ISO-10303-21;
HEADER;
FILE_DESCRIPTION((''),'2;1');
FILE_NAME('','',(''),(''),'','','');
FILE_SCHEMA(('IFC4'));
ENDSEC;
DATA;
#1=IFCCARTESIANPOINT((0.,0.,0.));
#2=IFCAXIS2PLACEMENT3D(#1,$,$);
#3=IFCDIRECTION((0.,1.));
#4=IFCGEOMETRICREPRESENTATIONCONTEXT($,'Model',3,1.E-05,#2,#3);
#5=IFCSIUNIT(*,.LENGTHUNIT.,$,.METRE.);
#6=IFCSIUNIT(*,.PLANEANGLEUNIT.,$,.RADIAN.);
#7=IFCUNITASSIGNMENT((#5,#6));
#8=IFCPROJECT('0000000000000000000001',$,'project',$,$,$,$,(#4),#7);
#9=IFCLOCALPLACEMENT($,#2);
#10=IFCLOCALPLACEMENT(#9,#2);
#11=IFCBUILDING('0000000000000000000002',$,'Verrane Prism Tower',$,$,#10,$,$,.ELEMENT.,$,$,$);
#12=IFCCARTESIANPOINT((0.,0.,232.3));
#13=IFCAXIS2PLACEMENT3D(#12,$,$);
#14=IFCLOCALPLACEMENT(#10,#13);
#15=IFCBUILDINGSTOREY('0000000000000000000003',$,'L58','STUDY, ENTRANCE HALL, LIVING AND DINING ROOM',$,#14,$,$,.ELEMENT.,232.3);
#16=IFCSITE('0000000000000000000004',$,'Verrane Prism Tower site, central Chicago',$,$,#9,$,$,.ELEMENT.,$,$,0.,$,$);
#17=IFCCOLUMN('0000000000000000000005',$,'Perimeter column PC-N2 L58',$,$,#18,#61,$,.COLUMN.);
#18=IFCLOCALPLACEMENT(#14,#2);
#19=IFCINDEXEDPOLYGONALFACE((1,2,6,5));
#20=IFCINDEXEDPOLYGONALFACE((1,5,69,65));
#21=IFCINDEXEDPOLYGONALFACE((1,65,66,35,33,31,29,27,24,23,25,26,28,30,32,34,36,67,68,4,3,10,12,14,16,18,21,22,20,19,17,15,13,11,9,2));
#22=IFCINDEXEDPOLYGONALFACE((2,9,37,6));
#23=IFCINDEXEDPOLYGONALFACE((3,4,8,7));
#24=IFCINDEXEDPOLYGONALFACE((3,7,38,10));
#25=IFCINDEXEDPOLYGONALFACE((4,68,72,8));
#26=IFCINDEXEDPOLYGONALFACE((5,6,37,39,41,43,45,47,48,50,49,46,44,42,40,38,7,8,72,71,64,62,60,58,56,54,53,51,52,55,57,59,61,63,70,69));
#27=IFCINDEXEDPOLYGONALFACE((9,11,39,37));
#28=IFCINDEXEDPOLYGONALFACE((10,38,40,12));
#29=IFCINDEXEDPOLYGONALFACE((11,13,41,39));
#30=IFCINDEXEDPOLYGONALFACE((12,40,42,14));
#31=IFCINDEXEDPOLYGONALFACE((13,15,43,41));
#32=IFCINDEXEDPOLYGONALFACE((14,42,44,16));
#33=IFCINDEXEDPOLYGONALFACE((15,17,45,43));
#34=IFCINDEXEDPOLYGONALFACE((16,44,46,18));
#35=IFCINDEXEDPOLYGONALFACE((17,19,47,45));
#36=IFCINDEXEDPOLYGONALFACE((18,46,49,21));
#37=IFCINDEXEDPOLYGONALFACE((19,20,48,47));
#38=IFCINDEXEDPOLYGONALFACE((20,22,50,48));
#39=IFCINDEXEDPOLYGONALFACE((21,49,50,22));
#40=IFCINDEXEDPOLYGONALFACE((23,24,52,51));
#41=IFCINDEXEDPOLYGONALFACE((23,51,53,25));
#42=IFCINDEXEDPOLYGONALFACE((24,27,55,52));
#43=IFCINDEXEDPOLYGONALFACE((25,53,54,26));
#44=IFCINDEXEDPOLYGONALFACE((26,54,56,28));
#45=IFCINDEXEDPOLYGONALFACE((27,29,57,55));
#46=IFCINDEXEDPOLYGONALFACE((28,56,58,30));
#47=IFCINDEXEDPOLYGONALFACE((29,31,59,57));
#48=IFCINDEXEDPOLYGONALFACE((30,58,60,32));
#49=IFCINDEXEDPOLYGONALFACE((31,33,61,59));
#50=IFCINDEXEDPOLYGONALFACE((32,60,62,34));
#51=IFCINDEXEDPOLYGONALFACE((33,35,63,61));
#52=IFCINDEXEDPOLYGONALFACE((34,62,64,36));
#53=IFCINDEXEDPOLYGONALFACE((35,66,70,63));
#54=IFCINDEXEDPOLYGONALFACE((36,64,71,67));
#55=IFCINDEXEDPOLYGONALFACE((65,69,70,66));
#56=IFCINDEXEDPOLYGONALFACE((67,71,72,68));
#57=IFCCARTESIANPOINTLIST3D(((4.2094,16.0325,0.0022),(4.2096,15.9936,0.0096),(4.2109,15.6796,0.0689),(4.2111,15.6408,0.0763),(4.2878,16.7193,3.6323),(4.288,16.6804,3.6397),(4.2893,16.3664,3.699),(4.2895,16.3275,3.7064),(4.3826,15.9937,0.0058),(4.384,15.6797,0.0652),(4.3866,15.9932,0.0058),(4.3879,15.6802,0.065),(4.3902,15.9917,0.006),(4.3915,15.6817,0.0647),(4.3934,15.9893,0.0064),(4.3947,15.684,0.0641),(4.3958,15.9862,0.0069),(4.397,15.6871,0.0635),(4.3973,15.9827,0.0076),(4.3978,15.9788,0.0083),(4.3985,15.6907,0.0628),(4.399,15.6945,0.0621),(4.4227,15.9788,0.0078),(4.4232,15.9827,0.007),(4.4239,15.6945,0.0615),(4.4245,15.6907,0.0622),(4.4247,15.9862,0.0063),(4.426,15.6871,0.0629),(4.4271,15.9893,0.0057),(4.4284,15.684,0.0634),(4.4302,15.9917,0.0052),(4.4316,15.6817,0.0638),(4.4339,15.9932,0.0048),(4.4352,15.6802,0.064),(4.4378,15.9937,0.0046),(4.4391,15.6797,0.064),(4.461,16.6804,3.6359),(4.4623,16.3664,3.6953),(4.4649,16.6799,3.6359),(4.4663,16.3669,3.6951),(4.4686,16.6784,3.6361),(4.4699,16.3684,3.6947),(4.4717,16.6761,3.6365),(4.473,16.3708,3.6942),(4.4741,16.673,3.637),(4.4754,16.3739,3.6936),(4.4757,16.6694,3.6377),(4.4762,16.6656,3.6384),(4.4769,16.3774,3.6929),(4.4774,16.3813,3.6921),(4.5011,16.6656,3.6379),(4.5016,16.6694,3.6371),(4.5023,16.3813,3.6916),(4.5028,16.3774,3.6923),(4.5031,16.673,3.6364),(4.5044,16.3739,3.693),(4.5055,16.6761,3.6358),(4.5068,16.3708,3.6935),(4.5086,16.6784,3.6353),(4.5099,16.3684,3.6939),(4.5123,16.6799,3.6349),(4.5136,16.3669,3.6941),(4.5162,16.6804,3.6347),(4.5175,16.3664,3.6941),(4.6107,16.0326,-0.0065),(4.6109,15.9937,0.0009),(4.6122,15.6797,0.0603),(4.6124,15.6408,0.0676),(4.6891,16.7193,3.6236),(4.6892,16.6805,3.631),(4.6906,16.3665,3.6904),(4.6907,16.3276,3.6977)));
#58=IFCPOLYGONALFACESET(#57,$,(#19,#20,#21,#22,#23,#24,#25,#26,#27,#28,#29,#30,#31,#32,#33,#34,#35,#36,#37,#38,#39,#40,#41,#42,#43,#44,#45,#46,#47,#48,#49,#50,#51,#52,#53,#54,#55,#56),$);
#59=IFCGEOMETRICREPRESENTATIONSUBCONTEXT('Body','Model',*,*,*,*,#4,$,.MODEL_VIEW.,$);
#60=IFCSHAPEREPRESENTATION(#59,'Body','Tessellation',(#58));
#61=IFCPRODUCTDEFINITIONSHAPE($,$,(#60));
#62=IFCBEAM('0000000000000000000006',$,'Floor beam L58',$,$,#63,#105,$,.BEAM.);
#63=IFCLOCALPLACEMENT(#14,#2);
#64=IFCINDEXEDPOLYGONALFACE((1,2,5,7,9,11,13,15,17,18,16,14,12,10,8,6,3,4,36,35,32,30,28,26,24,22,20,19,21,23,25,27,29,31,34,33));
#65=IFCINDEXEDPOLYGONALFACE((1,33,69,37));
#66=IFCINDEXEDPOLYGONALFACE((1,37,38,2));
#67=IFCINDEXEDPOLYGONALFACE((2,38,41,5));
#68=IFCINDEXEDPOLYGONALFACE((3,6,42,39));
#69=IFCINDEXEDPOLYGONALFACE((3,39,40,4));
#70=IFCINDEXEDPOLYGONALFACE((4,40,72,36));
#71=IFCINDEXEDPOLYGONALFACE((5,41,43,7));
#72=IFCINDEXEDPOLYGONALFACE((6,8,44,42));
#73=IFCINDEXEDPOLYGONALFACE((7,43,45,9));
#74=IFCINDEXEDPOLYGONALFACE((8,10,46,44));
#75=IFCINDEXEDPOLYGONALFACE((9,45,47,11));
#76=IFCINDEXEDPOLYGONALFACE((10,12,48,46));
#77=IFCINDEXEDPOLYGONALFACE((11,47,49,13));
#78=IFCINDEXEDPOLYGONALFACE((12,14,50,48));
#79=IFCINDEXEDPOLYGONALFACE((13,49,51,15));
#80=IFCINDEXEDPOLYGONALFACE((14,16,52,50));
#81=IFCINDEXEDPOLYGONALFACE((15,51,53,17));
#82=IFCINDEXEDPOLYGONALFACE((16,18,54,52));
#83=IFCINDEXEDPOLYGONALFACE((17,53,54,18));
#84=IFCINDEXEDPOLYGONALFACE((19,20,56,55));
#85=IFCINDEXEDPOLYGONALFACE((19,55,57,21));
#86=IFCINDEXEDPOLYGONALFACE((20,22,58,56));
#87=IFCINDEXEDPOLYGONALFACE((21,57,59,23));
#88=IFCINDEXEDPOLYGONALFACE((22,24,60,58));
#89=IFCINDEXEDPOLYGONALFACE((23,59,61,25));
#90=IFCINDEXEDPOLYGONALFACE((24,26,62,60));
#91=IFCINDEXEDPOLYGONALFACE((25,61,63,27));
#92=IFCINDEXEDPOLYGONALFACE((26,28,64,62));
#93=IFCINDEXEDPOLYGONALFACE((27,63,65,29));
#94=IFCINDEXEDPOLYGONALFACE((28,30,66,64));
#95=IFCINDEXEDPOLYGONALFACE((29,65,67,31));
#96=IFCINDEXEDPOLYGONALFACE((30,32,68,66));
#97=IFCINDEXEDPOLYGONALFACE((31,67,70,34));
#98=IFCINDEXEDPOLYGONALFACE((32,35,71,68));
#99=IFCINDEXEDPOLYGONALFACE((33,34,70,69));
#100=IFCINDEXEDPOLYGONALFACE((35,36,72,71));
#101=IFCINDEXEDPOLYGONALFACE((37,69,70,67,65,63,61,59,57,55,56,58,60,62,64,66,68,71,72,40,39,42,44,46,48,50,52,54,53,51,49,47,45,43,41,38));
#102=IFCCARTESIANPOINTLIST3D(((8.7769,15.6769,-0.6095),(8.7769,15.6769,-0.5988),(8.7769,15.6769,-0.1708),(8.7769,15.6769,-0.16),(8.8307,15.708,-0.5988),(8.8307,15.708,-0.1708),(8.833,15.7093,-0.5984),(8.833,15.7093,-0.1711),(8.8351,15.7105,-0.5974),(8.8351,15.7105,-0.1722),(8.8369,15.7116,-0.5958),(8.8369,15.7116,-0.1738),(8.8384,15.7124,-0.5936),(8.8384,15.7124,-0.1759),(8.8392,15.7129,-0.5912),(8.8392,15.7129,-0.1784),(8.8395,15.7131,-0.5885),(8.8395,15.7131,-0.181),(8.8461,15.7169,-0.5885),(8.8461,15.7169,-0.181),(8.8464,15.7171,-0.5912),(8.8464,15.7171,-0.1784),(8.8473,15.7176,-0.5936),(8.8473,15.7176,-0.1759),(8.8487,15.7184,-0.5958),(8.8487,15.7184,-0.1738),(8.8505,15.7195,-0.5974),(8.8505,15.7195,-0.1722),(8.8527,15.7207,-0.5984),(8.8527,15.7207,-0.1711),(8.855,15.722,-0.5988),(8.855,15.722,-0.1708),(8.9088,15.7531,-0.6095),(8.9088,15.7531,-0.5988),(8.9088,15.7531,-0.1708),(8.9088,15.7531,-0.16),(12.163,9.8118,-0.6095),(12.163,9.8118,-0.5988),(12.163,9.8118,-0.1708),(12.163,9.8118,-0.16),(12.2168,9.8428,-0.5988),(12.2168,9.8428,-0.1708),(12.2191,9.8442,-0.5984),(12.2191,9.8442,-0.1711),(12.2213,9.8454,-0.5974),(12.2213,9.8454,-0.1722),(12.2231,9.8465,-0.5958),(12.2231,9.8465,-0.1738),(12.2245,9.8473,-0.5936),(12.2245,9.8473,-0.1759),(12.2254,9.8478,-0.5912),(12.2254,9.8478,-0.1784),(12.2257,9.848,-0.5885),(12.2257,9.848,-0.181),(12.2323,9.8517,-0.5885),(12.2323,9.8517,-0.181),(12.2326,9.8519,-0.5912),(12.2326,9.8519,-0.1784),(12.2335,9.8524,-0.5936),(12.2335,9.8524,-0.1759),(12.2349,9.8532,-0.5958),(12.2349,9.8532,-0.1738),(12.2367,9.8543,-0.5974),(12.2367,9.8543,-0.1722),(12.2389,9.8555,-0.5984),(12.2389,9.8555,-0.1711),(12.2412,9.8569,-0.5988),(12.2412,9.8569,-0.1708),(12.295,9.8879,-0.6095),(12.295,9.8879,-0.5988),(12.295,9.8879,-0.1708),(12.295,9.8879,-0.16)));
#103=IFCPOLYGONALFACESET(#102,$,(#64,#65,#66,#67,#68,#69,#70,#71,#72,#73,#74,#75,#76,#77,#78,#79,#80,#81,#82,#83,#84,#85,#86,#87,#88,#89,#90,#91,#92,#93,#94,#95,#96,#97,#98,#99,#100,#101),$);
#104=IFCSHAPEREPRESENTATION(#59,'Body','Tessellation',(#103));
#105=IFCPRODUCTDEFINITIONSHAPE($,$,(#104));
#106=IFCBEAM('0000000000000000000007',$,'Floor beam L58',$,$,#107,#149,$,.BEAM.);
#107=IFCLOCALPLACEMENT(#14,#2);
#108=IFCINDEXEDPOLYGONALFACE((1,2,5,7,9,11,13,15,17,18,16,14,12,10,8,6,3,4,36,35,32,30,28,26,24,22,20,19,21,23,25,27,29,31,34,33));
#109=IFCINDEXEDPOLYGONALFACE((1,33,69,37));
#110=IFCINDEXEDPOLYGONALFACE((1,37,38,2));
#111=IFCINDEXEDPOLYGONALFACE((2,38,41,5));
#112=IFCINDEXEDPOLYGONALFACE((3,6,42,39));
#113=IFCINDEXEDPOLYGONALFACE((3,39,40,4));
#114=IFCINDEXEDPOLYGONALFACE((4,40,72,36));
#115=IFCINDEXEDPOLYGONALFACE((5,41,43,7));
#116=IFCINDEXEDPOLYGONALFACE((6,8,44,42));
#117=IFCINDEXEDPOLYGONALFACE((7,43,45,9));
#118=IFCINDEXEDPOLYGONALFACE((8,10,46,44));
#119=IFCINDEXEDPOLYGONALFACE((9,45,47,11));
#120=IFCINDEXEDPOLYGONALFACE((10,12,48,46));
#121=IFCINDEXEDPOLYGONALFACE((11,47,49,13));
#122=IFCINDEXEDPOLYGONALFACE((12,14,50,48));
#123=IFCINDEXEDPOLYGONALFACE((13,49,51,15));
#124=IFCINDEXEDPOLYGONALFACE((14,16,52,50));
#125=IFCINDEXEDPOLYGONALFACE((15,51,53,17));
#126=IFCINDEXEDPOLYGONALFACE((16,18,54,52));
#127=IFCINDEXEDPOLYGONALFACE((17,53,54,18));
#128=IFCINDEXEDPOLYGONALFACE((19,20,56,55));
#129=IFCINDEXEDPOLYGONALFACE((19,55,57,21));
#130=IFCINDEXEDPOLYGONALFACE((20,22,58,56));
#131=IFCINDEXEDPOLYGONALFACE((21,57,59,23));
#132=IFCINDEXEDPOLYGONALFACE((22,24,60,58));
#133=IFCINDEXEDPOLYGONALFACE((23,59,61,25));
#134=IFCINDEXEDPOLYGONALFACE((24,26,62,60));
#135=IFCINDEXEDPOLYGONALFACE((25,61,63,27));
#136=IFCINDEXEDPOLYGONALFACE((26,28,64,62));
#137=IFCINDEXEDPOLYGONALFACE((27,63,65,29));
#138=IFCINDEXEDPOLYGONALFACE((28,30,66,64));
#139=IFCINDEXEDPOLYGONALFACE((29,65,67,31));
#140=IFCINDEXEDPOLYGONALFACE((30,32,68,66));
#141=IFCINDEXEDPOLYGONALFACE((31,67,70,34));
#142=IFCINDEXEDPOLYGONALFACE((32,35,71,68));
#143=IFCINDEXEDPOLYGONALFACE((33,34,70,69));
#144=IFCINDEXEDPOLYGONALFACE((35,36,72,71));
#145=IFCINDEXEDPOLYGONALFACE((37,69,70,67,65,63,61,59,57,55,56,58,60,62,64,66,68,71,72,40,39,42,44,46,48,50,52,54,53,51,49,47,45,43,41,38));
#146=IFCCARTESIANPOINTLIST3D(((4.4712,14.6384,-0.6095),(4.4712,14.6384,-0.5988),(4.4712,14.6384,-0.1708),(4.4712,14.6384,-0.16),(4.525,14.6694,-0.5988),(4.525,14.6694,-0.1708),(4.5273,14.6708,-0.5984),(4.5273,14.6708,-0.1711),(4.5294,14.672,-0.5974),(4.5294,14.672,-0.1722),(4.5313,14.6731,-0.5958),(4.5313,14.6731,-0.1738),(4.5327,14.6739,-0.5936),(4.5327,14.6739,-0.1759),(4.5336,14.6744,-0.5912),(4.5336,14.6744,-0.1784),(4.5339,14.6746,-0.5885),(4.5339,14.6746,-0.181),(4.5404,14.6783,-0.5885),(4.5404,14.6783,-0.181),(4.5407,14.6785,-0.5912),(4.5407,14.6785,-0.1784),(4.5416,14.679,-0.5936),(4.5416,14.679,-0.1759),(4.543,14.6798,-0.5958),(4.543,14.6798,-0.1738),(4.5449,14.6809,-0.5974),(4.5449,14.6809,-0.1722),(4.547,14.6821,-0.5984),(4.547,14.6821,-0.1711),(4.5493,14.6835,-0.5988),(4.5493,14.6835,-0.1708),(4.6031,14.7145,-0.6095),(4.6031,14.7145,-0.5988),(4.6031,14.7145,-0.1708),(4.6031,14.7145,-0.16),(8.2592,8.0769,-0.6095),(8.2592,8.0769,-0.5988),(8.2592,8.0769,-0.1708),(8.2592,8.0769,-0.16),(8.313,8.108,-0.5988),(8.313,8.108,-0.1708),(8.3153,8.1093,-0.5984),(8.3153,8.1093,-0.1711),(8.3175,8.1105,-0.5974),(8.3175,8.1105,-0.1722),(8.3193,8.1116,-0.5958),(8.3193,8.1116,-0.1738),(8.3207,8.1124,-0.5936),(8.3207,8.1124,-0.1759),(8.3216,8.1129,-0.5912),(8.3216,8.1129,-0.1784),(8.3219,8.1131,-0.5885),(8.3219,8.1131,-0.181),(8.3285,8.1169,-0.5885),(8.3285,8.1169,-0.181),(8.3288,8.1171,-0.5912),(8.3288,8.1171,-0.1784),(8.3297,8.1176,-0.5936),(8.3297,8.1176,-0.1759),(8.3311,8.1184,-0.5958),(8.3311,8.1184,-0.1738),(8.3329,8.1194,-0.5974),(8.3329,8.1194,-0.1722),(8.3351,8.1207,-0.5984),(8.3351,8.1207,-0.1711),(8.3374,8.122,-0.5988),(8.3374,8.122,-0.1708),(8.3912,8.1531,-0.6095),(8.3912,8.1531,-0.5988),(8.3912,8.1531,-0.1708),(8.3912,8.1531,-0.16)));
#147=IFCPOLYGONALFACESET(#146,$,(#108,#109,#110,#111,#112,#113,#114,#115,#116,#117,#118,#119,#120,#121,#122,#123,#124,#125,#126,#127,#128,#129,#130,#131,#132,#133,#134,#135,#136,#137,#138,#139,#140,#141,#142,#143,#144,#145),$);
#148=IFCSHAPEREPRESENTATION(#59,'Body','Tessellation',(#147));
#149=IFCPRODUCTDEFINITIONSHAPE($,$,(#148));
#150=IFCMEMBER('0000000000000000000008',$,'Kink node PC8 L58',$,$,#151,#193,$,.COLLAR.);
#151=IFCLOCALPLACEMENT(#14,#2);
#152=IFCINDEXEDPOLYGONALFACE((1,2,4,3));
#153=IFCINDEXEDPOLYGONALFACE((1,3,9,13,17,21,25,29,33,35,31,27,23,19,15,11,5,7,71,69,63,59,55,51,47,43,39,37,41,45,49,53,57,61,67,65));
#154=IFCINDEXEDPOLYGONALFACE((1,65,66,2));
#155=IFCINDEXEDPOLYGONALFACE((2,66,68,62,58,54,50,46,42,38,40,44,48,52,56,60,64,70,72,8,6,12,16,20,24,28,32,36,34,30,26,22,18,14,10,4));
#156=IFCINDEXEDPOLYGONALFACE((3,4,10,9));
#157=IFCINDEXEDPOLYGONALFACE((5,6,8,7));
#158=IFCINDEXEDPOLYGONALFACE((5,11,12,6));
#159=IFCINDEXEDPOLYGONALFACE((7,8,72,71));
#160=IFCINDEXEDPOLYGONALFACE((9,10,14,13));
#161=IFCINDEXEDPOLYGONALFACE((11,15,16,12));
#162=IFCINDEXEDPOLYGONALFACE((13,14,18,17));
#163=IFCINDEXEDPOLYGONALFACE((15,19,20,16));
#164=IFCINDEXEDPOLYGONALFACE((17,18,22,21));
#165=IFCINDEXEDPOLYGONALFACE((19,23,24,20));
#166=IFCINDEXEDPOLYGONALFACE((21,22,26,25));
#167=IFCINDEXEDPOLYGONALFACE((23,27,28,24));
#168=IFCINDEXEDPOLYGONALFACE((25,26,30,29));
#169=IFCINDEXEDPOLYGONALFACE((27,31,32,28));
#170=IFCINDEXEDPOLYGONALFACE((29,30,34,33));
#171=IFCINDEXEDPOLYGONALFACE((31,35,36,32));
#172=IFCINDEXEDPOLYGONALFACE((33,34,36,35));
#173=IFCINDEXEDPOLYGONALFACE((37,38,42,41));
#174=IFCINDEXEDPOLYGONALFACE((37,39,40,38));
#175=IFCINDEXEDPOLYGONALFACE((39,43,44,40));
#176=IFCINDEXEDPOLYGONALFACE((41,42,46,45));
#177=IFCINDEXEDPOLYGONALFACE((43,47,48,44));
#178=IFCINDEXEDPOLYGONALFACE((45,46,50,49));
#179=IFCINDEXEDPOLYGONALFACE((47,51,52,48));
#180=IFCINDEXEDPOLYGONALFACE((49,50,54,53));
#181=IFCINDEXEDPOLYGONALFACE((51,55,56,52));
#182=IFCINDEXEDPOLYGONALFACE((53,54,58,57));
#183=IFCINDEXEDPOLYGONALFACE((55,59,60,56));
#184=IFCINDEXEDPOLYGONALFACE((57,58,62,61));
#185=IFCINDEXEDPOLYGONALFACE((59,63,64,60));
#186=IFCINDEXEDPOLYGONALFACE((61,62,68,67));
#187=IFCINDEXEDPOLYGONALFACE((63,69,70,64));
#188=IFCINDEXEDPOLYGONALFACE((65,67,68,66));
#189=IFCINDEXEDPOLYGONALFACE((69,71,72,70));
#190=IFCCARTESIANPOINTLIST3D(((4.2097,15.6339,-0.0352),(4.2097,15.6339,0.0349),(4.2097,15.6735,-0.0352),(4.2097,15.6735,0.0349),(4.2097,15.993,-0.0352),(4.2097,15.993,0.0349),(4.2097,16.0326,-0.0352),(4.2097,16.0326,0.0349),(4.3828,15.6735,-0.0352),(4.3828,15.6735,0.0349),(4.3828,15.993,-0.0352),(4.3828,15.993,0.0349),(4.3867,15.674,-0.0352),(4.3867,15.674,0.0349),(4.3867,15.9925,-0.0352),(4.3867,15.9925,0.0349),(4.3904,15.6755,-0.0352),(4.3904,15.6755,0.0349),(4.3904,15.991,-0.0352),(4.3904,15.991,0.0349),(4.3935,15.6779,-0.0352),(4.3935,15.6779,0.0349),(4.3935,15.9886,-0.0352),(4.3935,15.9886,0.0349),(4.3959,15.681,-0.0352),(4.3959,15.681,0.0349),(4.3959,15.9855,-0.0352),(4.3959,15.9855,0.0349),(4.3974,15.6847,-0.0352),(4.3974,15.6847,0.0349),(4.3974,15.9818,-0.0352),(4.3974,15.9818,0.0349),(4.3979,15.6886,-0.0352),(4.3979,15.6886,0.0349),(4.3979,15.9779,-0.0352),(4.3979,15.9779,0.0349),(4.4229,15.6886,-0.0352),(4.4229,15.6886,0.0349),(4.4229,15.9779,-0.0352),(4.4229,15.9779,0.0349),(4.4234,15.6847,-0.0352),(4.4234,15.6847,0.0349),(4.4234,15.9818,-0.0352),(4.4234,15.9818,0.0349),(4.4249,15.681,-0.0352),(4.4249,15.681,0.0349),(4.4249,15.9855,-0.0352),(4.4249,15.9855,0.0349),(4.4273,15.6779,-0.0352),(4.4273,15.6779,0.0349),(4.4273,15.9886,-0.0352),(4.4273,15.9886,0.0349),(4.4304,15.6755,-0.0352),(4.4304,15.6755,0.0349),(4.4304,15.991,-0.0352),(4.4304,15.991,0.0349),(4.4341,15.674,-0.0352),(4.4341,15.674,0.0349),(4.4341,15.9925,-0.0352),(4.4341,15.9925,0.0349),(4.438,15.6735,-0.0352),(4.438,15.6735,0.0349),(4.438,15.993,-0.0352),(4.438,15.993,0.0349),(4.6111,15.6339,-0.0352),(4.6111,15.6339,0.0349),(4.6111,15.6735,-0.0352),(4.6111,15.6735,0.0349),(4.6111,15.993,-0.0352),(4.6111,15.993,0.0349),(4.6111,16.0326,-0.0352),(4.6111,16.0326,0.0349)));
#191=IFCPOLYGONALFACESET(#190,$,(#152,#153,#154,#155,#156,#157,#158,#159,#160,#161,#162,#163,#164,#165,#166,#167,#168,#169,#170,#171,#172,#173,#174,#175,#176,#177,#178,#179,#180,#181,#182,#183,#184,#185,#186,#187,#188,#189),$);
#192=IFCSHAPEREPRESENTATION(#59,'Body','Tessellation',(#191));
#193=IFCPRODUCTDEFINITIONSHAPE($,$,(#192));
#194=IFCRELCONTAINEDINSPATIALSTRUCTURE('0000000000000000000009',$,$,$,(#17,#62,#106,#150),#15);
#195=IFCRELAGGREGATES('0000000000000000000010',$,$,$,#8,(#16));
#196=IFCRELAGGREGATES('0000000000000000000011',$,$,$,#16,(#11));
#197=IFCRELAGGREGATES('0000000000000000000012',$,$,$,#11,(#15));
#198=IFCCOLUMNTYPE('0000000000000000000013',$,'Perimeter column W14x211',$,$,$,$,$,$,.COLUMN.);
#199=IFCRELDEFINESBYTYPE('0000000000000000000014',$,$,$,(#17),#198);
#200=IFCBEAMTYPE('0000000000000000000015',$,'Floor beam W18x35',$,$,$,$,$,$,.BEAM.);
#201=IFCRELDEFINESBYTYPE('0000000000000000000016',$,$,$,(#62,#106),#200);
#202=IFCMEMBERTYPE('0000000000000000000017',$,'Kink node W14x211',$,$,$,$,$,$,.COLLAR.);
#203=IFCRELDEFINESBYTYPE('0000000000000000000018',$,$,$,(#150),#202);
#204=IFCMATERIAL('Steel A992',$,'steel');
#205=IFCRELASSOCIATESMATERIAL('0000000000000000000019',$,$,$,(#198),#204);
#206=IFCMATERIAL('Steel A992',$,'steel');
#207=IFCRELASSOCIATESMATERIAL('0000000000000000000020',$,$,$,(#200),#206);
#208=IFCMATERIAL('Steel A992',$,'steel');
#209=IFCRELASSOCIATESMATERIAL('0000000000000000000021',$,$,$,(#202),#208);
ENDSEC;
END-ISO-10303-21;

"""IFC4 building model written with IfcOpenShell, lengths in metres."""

from ifc_helpers import new_model, si_unit, direction, frame, origin, origin_2d, place, context, subcontext, project, spatial, i_section, extrude, material, material_profile, profile_set, type_object, element, save


model = new_model("IFC4")

# Units and contexts
model_context = context("Model", 3, precision=1e-05, world=origin(), true_north=direction((0.0, 1.0)))
body_context = subcontext(model_context, "Body", "Model", "MODEL_VIEW")
ifc_project = project(units=[si_unit("LENGTHUNIT", "METRE"), si_unit("PLANEANGLEUNIT", "RADIAN")], contexts=[model_context])

# Site, building, storey
site_placement = place(None, origin())
site = spatial("IfcSite", under=ifc_project, at=site_placement, Name="Verrane Prism Tower site, central Chicago", CompositionType="ELEMENT", RefElevation=0.0)
building_placement = place(site_placement, origin())
building = spatial("IfcBuilding", under=site, at=building_placement, Name="Verrane Prism Tower", CompositionType="ELEMENT")
storey_placement = place(building_placement, frame((0.0, 0.0, 232.3)))
storey = spatial("IfcBuildingStorey", under=building, at=storey_placement, Name="L58", Description="STUDY, ENTRANCE HALL, LIVING AND DINING ROOM", CompositionType="ELEMENT", Elevation=232.3)

# Column
ifc_material_1 = material(Name="Steel A992", Category="steel")
ifc_material_profile_1 = material_profile(ifc_material_1, i_section(OverallWidth=0.4014, OverallDepth=0.3987, WebThickness=0.0249, FlangeThickness=0.0396, FilletRadius=0.0151, at=origin_2d()), Name="W14x211")
ifc_profile_set_1 = profile_set([ifc_material_profile_1], Name="Steel A992")
column_type = type_object("IfcColumnType", Name="Perimeter column W14x211", PredefinedType="COLUMN", material=ifc_profile_set_1)
column_placement = place(storey_placement, frame((4.4109, 15.8367, 0.0349), z_axis=(0.021208, 0.185846, 0.98235), x_axis=(0.999766, 0.00017, -0.021616)))
element("IfcColumn", 1, at=column_placement, inside=storey, type_object=column_type, Name="Perimeter column PC-N2 L58", PredefinedType="COLUMN", context=body_context, shape_type="SweptSolid", body=[
    extrude(i_section(OverallWidth=0.4014, OverallDepth=0.3987, WebThickness=0.0249, FlangeThickness=0.0396, FilletRadius=0.0151, at=origin_2d()), origin(), (0.0, 0.0, 1.0), 3.6953),
])

# Beams
ifc_material_2 = material(Name="Steel A992", Category="steel")
ifc_material_profile_2 = material_profile(ifc_material_2, i_section(OverallWidth=0.1523, OverallDepth=0.4495, WebThickness=0.0076, FlangeThickness=0.0107, FilletRadius=0.0103, at=origin_2d()), Name="W18x35")
ifc_profile_set_2 = profile_set([ifc_material_profile_2], Name="Steel A992")
beam_type_1 = type_object("IfcBeamType", Name="Floor beam W18x35", PredefinedType="BEAM", material=ifc_profile_set_2)
beam_1_placement = place(storey_placement, frame((12.229, 9.8499, -0.3848), z_axis=(-0.499993, 0.86603, 0.0), x_axis=(-0.86603, -0.499993, 0.0)))
element("IfcBeam", 2, at=beam_1_placement, inside=storey, type_object=beam_type_1, Name="Floor beam L58", PredefinedType="BEAM", context=body_context, shape_type="SweptSolid", body=[
    extrude(i_section(OverallWidth=0.1523, OverallDepth=0.4495, WebThickness=0.0076, FlangeThickness=0.0107, FilletRadius=0.0103, at=origin_2d()), origin(), (0.0, 0.0, 1.0), 6.7725),
])
beam_2_placement = place(storey_placement, frame((8.3252, 8.115, -0.3848), z_axis=(-0.499979, 0.866037, 0.0), x_axis=(-0.866037, -0.499979, 0.0)))
element("IfcBeam", 3, at=beam_2_placement, inside=storey, type_object=beam_type_1, Name="Floor beam L58", PredefinedType="BEAM", context=body_context, shape_type="SweptSolid", body=[
    extrude(i_section(OverallWidth=0.1523, OverallDepth=0.4495, WebThickness=0.0076, FlangeThickness=0.0107, FilletRadius=0.0103, at=origin_2d()), origin(), (0.0, 0.0, 1.0), 7.5764),
])

# Member
ifc_material_3 = material(Name="Steel A992", Category="steel")
ifc_material_profile_3 = material_profile(ifc_material_3, i_section(OverallWidth=0.4014, OverallDepth=0.3987, WebThickness=0.0249, FlangeThickness=0.0396, FilletRadius=0.0151, at=origin_2d()), Name="W14x211")
ifc_profile_set_3 = profile_set([ifc_material_profile_3], Name="Steel A992")
member_type_1 = type_object("IfcMemberType", Name="Kink node W14x211", PredefinedType="COLLAR", material=ifc_profile_set_3)
member_1_placement = place(storey_placement, frame((4.4104, 15.8333, -0.0352), z_axis=(0.0, 0.0, 1.0), x_axis=(1.0, 0.0, 0.0)))
element("IfcMember", 4, at=member_1_placement, inside=storey, type_object=member_type_1, Name="Kink node PC8 L58", PredefinedType="COLLAR", context=body_context, shape_type="SweptSolid", body=[
    extrude(i_section(OverallWidth=0.4014, OverallDepth=0.3987, WebThickness=0.0249, FlangeThickness=0.0396, FilletRadius=0.0151, at=origin_2d()), origin(), (0.0, 0.0, 1.0), 0.0701),
])

save(model, "model.ifc")
